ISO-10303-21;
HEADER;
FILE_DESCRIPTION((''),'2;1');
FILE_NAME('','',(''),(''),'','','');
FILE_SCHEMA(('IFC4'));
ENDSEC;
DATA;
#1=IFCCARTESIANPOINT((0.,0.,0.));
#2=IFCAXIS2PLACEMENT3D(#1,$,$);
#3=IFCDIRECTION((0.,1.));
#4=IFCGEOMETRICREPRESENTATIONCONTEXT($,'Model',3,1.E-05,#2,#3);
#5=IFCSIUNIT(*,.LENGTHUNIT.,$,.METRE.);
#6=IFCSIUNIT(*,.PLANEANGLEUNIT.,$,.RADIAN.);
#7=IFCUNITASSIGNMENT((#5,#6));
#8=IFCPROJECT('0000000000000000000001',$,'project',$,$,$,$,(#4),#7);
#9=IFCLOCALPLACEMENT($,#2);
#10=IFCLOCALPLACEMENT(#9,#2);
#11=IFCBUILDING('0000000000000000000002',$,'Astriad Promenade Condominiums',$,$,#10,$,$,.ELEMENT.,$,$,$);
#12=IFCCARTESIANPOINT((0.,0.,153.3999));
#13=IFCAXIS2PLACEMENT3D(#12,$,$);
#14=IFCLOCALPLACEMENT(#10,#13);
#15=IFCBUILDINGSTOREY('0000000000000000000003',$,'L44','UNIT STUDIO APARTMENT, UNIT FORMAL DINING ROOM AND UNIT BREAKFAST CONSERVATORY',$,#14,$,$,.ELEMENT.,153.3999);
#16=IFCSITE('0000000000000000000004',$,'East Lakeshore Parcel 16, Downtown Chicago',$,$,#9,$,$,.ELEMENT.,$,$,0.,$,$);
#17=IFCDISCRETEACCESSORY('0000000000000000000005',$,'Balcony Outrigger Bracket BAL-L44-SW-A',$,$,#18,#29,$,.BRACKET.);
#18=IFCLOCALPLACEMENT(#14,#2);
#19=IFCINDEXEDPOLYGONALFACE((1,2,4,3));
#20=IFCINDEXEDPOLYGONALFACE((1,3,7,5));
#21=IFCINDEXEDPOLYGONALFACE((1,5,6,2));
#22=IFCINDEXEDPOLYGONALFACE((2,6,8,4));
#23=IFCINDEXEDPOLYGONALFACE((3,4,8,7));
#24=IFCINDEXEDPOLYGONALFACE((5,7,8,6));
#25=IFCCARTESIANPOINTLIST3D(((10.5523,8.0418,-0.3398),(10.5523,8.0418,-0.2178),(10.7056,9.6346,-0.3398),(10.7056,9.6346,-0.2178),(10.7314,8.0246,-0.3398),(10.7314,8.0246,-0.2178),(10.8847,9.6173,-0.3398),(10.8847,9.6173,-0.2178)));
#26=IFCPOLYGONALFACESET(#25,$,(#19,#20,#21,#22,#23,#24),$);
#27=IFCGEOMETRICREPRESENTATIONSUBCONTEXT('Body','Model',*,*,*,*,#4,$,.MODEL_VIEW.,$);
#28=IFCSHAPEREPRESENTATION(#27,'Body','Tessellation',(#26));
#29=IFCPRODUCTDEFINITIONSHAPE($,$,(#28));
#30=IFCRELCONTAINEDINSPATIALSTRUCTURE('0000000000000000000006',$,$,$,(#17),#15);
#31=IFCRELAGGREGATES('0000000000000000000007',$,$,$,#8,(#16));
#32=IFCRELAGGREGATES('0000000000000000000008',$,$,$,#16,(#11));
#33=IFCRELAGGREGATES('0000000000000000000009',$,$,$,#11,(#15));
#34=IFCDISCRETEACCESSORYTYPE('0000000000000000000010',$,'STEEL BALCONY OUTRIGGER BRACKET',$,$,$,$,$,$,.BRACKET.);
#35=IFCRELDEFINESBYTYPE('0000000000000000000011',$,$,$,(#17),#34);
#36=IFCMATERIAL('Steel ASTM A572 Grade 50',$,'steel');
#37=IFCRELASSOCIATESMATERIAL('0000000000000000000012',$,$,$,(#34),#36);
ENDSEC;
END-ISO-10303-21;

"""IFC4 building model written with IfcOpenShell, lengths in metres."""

from ifc_helpers import new_model, si_unit, direction, frame, origin, origin_2d, place, context, subcontext, project, spatial, rectangle, extrude, source, transform, mapped, material, type_object, type_shapes, element, save


model = new_model("IFC4")

# Units and contexts
model_context = context("Model", 3, precision=1e-05, world=origin(), true_north=direction((0.0, 1.0)))
body_context = subcontext(model_context, "Body", "Model", "MODEL_VIEW")
ifc_project = project(units=[si_unit("LENGTHUNIT", "METRE"), si_unit("PLANEANGLEUNIT", "RADIAN")], contexts=[model_context])

# Site, building, storey
site_placement = place(None, origin())
site = spatial("IfcSite", under=ifc_project, at=site_placement, Name="East Lakeshore Parcel 16, Downtown Chicago", CompositionType="ELEMENT", RefElevation=0.0)
building_placement = place(site_placement, origin())
building = spatial("IfcBuilding", under=site, at=building_placement, Name="Astriad Promenade Condominiums", CompositionType="ELEMENT")
storey_placement = place(building_placement, frame((0.0, 0.0, 153.3999)))
storey = spatial("IfcBuildingStorey", under=building, at=storey_placement, Name="L44", Description="UNIT STUDIO APARTMENT, UNIT FORMAL DINING ROOM AND UNIT BREAKFAST CONSERVATORY", CompositionType="ELEMENT", Elevation=153.3999)

# Discrete accessory
ifc_material_1 = material(Name="Steel ASTM A572 Grade 50", Category="steel")
discrete_accessory_type = type_object("IfcDiscreteAccessoryType", Name="STEEL BALCONY OUTRIGGER BRACKET", PredefinedType="BRACKET", material=ifc_material_1)
shared_shape_1 = source(origin(), body_context, "Body", "SweptSolid", [
    extrude(rectangle(XDim=1.6001, YDim=0.1799, at=origin_2d()), origin(), (0.0, 0.0, 1.0), 0.1221),
])
type_shapes(discrete_accessory_type, [shared_shape_1])
discrete_accessory_placement = place(storey_placement, frame((10.7185, 8.8296, -0.3398), z_axis=(0.0, 0.0, 1.0), x_axis=(-0.095846, -0.995396, 0.0)))
element("IfcDiscreteAccessory", 1, at=discrete_accessory_placement, inside=storey, type_object=discrete_accessory_type, Name="Balcony Outrigger Bracket BAL-L44-SW-A", PredefinedType="BRACKET", context=body_context, shape_type="MappedRepresentation", body=[
    mapped(shared_shape_1, transform((0.0, 0.0, 0.0), scale=1.0)),
])

save(model, "model.ifc")
